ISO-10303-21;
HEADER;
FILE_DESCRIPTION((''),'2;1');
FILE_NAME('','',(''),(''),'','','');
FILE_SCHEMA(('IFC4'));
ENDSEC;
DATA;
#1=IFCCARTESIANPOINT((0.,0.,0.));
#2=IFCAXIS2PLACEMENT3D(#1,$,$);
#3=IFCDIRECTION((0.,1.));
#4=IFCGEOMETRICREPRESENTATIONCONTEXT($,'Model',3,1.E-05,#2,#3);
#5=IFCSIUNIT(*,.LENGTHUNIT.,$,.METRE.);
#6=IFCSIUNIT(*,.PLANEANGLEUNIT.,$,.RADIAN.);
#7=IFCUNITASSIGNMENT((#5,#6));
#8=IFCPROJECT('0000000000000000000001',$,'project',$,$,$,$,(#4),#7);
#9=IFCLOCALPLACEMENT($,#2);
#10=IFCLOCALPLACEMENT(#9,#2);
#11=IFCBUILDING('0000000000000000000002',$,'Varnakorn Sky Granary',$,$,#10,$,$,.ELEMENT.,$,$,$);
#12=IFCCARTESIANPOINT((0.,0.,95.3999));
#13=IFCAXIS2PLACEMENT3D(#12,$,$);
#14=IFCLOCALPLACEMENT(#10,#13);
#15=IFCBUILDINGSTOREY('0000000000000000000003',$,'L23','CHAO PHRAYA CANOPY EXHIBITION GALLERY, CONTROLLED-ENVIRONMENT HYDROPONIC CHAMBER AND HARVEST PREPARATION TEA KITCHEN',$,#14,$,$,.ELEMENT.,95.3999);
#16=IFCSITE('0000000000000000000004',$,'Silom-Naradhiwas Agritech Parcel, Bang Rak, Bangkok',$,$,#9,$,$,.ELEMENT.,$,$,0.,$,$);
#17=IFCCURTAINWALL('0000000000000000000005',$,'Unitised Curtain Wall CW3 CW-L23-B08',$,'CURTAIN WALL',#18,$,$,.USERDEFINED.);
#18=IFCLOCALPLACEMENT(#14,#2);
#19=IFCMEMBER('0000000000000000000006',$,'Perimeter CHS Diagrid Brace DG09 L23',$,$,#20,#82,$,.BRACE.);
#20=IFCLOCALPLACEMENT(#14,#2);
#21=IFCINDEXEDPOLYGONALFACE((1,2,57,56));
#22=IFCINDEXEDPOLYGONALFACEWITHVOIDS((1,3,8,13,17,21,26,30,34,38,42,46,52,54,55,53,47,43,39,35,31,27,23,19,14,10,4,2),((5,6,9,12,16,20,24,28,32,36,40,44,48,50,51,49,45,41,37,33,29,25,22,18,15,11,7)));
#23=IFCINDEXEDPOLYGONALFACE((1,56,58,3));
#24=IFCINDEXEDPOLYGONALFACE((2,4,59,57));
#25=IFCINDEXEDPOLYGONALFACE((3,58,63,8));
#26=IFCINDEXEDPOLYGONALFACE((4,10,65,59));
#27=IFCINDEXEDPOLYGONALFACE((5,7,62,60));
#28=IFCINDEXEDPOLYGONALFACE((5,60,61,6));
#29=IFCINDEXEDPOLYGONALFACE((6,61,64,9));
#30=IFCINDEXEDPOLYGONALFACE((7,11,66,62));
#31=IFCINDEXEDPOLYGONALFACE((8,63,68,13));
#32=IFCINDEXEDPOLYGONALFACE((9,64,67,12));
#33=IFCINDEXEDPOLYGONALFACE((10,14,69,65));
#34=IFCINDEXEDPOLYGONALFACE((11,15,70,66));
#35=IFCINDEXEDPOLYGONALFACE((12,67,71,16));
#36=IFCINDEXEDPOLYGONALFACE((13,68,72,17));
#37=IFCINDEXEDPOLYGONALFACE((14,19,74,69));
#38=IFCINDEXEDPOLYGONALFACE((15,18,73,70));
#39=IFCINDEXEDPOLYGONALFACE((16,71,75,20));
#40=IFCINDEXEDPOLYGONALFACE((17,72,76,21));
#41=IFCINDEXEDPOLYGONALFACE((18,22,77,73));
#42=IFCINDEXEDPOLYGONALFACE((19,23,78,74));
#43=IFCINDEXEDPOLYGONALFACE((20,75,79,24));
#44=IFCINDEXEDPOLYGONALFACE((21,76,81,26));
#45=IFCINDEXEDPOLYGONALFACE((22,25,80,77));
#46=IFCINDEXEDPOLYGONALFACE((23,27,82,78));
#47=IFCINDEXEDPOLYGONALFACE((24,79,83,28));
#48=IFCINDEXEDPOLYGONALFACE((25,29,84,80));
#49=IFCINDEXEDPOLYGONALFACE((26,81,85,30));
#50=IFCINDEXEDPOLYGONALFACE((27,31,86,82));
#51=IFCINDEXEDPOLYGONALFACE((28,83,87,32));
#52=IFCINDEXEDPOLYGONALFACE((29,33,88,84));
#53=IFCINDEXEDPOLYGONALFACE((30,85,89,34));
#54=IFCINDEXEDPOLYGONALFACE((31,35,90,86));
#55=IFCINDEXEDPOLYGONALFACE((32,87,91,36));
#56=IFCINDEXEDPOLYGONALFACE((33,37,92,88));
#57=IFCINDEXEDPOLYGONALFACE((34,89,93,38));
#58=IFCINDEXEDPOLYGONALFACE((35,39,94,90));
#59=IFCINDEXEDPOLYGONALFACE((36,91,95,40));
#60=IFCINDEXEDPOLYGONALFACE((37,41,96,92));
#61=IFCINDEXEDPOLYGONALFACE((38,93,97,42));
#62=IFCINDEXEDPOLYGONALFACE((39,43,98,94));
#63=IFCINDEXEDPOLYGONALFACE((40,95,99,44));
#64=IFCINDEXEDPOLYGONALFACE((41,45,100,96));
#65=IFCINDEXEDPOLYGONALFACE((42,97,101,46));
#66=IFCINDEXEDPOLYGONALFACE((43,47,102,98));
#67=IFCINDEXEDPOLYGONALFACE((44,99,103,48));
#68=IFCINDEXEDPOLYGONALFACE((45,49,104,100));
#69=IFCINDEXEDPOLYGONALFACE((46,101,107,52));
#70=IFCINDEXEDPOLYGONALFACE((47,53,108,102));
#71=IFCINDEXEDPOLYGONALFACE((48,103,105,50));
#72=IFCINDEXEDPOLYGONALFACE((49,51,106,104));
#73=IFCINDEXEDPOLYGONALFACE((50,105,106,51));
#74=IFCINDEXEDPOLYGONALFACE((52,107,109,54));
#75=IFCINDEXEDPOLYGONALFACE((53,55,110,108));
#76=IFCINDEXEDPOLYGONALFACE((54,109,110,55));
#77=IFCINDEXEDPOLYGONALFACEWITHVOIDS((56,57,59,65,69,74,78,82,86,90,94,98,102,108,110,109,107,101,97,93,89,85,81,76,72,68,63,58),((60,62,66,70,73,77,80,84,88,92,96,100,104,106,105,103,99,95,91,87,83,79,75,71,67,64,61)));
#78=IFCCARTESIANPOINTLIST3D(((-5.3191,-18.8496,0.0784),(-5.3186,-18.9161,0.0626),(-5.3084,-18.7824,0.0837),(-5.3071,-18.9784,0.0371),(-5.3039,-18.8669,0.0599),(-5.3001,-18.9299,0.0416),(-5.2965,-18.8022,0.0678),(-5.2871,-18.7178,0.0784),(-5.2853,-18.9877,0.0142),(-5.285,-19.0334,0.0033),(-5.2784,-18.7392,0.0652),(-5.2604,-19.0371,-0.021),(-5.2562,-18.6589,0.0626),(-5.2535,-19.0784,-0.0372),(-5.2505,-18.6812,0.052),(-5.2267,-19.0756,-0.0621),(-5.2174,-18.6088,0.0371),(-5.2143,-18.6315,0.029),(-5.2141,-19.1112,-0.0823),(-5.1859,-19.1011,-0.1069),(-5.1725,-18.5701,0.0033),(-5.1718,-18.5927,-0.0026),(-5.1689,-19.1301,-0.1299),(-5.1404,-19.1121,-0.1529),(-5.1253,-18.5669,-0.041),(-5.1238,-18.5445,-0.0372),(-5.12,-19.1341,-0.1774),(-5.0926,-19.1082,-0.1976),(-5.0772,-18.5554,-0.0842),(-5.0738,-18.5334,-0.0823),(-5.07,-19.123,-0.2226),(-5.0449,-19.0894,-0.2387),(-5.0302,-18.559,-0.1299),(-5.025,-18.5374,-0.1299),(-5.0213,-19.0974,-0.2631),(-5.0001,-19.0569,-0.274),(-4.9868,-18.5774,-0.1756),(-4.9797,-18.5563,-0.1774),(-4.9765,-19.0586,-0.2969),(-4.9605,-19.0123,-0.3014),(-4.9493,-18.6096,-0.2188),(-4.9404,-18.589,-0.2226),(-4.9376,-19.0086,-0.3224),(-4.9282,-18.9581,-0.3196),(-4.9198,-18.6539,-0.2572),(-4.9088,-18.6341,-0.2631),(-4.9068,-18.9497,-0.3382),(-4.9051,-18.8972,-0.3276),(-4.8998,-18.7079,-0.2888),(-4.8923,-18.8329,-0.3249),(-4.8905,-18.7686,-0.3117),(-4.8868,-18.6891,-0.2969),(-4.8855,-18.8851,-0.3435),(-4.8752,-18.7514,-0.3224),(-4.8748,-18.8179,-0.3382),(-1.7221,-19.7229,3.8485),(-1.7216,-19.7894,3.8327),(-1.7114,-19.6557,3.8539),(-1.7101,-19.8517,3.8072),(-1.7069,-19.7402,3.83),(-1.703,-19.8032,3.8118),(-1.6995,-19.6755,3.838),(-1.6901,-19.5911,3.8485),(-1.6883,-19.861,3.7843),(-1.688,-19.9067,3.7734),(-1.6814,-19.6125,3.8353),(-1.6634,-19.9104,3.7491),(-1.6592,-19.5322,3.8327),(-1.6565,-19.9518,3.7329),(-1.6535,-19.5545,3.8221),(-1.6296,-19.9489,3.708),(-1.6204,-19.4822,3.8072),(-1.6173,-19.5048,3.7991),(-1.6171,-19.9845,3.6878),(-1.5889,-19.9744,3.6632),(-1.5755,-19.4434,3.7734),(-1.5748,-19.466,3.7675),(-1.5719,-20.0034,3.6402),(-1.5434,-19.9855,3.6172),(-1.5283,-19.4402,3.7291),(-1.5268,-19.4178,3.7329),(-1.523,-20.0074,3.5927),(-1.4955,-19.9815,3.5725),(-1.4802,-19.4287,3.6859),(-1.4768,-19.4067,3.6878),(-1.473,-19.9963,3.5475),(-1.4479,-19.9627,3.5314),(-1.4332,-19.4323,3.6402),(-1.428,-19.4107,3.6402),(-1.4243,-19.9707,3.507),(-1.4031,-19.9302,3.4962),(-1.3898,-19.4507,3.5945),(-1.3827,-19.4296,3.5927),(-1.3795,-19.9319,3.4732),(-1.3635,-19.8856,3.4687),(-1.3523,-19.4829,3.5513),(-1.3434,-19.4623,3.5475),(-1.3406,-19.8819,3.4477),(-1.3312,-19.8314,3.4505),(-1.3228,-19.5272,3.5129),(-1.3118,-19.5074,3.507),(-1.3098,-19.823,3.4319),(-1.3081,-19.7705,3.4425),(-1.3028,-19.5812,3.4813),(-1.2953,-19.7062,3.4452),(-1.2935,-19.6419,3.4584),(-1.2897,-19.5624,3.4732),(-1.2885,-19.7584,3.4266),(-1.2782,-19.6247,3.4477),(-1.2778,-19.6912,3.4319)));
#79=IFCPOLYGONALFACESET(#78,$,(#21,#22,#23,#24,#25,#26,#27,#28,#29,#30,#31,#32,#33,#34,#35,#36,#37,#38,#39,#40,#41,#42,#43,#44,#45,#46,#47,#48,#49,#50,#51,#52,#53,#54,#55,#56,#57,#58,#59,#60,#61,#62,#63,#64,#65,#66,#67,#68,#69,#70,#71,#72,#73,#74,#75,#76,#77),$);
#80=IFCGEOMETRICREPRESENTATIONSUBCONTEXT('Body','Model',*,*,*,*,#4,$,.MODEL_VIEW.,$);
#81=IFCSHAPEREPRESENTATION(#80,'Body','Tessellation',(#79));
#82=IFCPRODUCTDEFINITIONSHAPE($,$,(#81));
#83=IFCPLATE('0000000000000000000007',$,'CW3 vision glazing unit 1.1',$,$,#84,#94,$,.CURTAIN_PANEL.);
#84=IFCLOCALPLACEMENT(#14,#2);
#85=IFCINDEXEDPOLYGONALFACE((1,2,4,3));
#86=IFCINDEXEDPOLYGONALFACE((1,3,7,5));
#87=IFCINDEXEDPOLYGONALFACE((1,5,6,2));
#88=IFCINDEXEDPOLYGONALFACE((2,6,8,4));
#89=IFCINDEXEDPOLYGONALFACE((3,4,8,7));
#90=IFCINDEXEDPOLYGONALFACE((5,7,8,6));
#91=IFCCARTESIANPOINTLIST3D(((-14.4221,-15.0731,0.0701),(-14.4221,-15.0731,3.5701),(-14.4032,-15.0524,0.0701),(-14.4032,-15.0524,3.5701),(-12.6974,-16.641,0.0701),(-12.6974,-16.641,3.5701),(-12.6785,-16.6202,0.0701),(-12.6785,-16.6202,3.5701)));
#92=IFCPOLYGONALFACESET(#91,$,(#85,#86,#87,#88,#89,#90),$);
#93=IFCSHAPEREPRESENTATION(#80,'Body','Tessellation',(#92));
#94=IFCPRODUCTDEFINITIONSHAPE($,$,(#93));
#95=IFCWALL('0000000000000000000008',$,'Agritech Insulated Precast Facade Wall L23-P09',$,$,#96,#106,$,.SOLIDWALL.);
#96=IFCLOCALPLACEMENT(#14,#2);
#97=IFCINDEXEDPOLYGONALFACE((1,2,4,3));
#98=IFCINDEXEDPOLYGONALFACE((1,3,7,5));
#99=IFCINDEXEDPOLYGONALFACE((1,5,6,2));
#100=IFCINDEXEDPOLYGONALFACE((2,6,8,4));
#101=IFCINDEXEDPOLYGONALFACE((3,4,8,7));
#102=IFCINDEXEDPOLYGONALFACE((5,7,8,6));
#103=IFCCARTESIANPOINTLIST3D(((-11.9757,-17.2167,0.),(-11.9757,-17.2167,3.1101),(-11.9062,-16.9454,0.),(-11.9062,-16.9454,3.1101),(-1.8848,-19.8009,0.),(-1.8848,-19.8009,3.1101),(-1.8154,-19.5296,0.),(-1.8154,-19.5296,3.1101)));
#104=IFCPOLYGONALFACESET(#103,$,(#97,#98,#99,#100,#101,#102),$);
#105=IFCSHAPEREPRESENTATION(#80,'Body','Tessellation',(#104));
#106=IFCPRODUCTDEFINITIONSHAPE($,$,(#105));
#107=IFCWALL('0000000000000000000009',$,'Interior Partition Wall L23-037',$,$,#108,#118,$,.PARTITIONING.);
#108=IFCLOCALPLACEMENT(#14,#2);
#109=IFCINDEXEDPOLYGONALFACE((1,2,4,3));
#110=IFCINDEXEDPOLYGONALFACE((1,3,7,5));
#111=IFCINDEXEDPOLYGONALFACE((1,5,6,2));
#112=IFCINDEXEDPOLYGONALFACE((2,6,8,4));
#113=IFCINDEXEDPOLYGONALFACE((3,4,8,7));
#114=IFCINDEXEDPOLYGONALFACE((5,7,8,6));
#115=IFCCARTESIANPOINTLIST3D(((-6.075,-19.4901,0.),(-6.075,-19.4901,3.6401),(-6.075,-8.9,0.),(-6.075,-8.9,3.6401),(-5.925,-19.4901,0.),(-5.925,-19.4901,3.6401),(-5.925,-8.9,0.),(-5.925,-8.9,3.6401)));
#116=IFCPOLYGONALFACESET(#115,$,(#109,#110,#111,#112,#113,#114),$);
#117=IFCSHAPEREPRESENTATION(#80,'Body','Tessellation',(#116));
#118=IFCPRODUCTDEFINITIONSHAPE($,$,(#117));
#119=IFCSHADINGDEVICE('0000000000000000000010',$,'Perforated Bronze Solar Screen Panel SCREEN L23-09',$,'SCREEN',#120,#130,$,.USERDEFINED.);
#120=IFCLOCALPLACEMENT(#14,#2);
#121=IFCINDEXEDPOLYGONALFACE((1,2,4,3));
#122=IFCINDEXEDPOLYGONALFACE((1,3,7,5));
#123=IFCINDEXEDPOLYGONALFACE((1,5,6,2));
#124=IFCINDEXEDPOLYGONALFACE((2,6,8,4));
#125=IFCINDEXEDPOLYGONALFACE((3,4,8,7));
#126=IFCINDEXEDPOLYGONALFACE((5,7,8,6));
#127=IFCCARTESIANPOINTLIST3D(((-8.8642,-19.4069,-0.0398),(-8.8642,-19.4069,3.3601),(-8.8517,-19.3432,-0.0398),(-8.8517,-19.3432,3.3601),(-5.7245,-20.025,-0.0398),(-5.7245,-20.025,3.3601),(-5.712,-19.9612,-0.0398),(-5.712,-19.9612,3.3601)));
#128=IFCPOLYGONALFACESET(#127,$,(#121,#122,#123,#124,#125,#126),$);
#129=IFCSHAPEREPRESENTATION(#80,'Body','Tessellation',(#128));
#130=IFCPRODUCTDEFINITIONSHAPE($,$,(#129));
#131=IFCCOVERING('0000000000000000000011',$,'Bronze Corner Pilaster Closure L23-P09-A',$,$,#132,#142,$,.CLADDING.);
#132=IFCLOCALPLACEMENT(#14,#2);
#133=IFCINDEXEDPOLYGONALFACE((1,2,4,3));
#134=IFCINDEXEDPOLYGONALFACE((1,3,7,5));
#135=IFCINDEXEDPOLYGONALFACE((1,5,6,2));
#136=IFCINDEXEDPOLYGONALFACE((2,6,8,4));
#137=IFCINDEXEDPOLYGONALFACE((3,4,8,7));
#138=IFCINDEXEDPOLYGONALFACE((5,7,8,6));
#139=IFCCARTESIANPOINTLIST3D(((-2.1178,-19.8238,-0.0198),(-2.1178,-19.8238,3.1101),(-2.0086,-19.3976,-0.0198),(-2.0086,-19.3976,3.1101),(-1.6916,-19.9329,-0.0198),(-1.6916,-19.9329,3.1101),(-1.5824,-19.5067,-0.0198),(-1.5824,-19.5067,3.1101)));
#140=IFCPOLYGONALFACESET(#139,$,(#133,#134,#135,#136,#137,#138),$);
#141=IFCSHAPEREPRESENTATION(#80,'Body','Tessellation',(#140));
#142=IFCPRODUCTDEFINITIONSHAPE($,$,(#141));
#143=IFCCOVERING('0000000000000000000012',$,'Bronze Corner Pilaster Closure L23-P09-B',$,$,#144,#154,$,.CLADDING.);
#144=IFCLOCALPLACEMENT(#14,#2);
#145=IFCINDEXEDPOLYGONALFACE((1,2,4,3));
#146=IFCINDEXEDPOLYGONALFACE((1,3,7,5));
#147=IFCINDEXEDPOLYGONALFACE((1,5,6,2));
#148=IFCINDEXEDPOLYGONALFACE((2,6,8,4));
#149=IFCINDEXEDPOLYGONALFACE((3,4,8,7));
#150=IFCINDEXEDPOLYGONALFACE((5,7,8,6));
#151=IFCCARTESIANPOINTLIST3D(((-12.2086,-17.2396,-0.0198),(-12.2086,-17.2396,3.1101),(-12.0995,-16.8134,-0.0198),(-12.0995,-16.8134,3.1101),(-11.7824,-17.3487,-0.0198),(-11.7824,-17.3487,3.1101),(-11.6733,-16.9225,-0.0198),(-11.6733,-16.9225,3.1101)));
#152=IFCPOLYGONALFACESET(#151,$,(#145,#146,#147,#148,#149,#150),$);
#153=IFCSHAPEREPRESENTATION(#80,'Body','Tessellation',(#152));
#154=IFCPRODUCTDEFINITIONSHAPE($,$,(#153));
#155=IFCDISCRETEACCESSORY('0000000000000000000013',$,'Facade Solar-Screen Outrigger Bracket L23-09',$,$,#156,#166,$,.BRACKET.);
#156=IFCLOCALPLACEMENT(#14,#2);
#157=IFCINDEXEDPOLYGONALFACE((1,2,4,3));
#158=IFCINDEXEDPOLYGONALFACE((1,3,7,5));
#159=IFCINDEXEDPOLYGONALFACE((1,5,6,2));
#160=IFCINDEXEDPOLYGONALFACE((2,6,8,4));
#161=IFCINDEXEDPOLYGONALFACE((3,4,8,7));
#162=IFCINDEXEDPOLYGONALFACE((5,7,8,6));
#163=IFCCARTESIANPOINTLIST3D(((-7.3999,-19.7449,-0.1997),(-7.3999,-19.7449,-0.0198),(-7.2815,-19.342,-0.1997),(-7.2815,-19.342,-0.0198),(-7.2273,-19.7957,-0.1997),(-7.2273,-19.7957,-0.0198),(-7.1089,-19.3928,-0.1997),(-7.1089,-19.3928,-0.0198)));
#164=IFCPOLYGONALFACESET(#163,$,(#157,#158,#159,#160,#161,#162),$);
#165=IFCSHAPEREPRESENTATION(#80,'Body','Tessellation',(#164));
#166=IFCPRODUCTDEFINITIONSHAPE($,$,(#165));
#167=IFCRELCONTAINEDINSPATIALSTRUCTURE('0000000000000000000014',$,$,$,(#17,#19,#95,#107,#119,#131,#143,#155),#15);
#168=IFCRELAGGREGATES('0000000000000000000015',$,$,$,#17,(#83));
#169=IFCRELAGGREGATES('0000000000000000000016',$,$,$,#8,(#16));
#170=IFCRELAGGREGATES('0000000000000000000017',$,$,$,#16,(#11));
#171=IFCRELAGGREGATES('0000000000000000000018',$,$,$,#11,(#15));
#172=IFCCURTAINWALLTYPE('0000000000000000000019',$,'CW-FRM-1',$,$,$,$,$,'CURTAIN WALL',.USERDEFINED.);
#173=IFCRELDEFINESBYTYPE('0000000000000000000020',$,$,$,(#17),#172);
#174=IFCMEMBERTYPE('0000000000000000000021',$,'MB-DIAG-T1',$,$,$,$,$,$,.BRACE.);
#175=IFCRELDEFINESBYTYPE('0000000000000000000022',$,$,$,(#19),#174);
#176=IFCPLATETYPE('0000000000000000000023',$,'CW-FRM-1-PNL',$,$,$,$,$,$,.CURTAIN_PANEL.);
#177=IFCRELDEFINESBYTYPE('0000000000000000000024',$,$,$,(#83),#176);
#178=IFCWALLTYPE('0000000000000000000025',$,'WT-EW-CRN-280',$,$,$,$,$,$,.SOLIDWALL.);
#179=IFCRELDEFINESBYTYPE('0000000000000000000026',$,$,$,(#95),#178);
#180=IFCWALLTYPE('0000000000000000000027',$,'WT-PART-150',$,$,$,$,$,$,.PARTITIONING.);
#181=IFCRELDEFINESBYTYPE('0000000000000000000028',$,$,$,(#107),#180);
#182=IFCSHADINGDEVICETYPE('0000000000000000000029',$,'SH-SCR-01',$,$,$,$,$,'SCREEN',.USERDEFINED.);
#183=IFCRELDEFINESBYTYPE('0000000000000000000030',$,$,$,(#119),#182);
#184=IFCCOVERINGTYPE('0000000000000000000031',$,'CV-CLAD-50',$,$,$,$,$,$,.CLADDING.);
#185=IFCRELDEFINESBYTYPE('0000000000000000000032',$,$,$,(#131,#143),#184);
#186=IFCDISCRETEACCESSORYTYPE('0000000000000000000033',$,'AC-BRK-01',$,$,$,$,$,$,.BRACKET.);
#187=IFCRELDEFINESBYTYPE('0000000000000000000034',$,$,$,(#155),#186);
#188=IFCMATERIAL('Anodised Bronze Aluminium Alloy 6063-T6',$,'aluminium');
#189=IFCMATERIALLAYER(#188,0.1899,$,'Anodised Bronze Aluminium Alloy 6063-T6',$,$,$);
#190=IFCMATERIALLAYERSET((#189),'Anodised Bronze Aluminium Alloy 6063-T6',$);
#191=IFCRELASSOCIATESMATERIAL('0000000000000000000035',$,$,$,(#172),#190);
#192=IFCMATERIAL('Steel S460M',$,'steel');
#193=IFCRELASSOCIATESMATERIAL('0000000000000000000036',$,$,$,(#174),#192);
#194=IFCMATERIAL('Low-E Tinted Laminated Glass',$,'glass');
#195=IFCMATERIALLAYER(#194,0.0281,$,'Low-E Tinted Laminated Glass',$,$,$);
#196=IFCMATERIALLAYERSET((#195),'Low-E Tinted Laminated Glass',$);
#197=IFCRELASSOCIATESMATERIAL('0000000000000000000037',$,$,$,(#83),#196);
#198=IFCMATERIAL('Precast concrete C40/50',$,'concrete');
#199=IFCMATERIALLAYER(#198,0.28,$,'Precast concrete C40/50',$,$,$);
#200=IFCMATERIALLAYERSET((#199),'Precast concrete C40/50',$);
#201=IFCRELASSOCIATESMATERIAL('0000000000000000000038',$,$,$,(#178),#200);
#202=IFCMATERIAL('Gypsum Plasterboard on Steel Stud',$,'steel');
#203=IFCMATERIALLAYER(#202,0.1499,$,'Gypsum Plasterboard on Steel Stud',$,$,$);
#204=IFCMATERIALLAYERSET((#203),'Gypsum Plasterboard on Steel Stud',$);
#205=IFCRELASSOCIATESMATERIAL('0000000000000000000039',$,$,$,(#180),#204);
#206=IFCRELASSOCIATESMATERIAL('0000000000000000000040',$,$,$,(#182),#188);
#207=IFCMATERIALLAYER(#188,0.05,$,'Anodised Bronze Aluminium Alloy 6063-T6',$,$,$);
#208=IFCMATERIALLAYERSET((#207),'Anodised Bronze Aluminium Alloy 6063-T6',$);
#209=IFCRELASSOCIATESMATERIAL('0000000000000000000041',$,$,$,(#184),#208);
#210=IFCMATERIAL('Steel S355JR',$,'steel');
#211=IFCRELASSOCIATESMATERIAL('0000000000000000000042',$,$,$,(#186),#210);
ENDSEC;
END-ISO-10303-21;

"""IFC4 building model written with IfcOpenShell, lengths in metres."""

from ifc_helpers import new_model, si_unit, direction, frame, frame_2d, origin, origin_2d, place, context, subcontext, project, spatial, rectangle, hollow_circle, extrude, source, transform, mapped, material, layer, layer_set, material_profile, profile_set, type_object, type_shapes, element, aggregate, save


model = new_model("IFC4")

# Units and contexts
model_context = context("Model", 3, precision=1e-05, world=origin(), true_north=direction((0.0, 1.0)))
body_context = subcontext(model_context, "Body", "Model", "MODEL_VIEW")
ifc_project = project(units=[si_unit("LENGTHUNIT", "METRE"), si_unit("PLANEANGLEUNIT", "RADIAN")], contexts=[model_context])

# Site, building, storey
site_placement = place(None, origin())
site = spatial("IfcSite", under=ifc_project, at=site_placement, Name="Silom-Naradhiwas Agritech Parcel, Bang Rak, Bangkok", CompositionType="ELEMENT", RefElevation=0.0)
building_placement = place(site_placement, origin())
building = spatial("IfcBuilding", under=site, at=building_placement, Name="Varnakorn Sky Granary", CompositionType="ELEMENT")
storey_placement = place(building_placement, frame((0.0, 0.0, 95.3999)))
storey = spatial("IfcBuildingStorey", under=building, at=storey_placement, Name="L23", Description="CHAO PHRAYA CANOPY EXHIBITION GALLERY, CONTROLLED-ENVIRONMENT HYDROPONIC CHAMBER AND HARVEST PREPARATION TEA KITCHEN", CompositionType="ELEMENT", Elevation=95.3999)

# Shared definitions
ifc_material_1 = material(Name="Steel S460M", Category="steel")

# Shared definitions
ifc_material_2 = material(Name="Steel S355JR", Category="steel")

# Curtain wall
ifc_material_3 = material(Name="Anodised Bronze Aluminium Alloy 6063-T6", Category="aluminium")
ifc_layer_1 = layer(ifc_material_3, 0.1899, Name="Anodised Bronze Aluminium Alloy 6063-T6")
ifc_layer_set_1 = layer_set([ifc_layer_1], Name="Anodised Bronze Aluminium Alloy 6063-T6")
curtain_wall_type = type_object("IfcCurtainWallType", Name="CW-FRM-1", ElementType="CURTAIN WALL", PredefinedType="USERDEFINED", material=ifc_layer_set_1)
curtain_wall_1_placement = place(storey_placement, origin())
curtain_wall_1 = element("IfcCurtainWall", 1, at=curtain_wall_1_placement, inside=storey, type_object=curtain_wall_type, Name="Unitised Curtain Wall CW3 CW-L23-B08", ObjectType="CURTAIN WALL", PredefinedType="USERDEFINED")

# Member
ifc_material_profile_1 = material_profile(ifc_material_1, hollow_circle(Radius=0.3049, WallThickness=0.0222, at=origin_2d()), Name="CHS 610x22")
ifc_profile_set_1 = profile_set([ifc_material_profile_1], Name="Steel S460M")
member_type_1 = type_object("IfcMemberType", Name="MB-DIAG-T1", PredefinedType="BRACE", material=ifc_profile_set_1)
member_1_placement = place(storey_placement, frame((-5.0969, -18.8337, -0.1299), z_axis=(0.680807, -0.165292, 0.713569), x_axis=(0.235934, 0.971769, 0.0)))
element("IfcMember", 2, at=member_1_placement, inside=storey, type_object=member_type_1, Name="Perimeter CHS Diagrid Brace DG09 L23", PredefinedType="BRACE", context=body_context, shape_type="SweptSolid", body=[
    extrude(hollow_circle(Radius=0.3049, WallThickness=0.0222, at=origin_2d()), origin(), (0.0, 0.0, 1.0), 5.2834),
])

# Plate
ifc_material_4 = material(Name="Low-E Tinted Laminated Glass", Category="glass")
ifc_layer_2 = layer(ifc_material_4, 0.0281, Name="Low-E Tinted Laminated Glass")
ifc_layer_set_2 = layer_set([ifc_layer_2], Name="Low-E Tinted Laminated Glass")
plate_type = type_object("IfcPlateType", Name="CW-FRM-1-PNL", PredefinedType="CURTAIN_PANEL")
shared_shape_1 = source(origin(), body_context, "Body", "SweptSolid", [
    extrude(rectangle(XDim=2.3308, YDim=0.0281, at=origin_2d()), origin(), (0.0, 0.0, 1.0), 3.5),
])
type_shapes(plate_type, [shared_shape_1])
plate_placement = place(storey_placement, frame((-13.5503, -15.8467, 0.0701), z_axis=(0.0, 0.0, 1.0), x_axis=(-0.739941, 0.672672, 0.0)))
plate = element("IfcPlate", 3, at=plate_placement, type_object=plate_type, material=ifc_layer_set_2, Name="CW3 vision glazing unit 1.1", PredefinedType="CURTAIN_PANEL", context=body_context, shape_type="MappedRepresentation", body=[
    mapped(shared_shape_1, transform((0.0, 0.0, 0.0), x_axis=(1.0, 0.0, 0.0), y_axis=(0.0, 1.0, 0.0), z_axis=(0.0, 0.0, 1.0), scale=1.0)),
])
aggregate(curtain_wall_1, [plate])

# Walls
ifc_material_5 = material(Name="Precast concrete C40/50", Category="concrete")
ifc_layer_3 = layer(ifc_material_5, 0.28, Name="Precast concrete C40/50")
ifc_layer_set_3 = layer_set([ifc_layer_3], Name="Precast concrete C40/50")
wall_type_1 = type_object("IfcWallType", Name="WT-EW-CRN-280", PredefinedType="SOLIDWALL", material=ifc_layer_set_3)
wall_1_placement = place(storey_placement, frame((-1.8501, -19.6653, 0.0), z_axis=(0.0, 0.0, 1.0), x_axis=(-0.968737, 0.248091, 0.0)))
element("IfcWall", 4, at=wall_1_placement, inside=storey, type_object=wall_type_1, Name="Agritech Insulated Precast Facade Wall L23-P09", PredefinedType="SOLIDWALL", context=body_context, shape_type="SweptSolid", body=[
    extrude(rectangle(XDim=10.4165, YDim=0.28, at=frame_2d((5.2083, 0.0))), origin(), (0.0, 0.0, 1.0), 3.1101),
])
ifc_material_6 = material(Name="Gypsum Plasterboard on Steel Stud", Category="steel")
ifc_layer_4 = layer(ifc_material_6, 0.1499, Name="Gypsum Plasterboard on Steel Stud")
ifc_layer_set_4 = layer_set([ifc_layer_4], Name="Gypsum Plasterboard on Steel Stud")
wall_type_2 = type_object("IfcWallType", Name="WT-PART-150", PredefinedType="PARTITIONING", material=ifc_layer_set_4)
wall_2_placement = place(storey_placement, frame((-6.0, -19.49, 0.0), z_axis=(0.0, 0.0, 1.0), x_axis=(0.0, 1.0, 0.0)))
element("IfcWall", 5, at=wall_2_placement, inside=storey, type_object=wall_type_2, Name="Interior Partition Wall L23-037", PredefinedType="PARTITIONING", context=body_context, shape_type="SweptSolid", body=[
    extrude(rectangle(XDim=10.5901, YDim=0.1499, at=frame_2d((5.2949, 0.0))), origin(), (0.0, 0.0, 1.0), 3.6401),
])

# Shading device
shading_device_type = type_object("IfcShadingDeviceType", Name="SH-SCR-01", ElementType="SCREEN", PredefinedType="USERDEFINED", material=ifc_material_3)
shared_shape_2 = source(origin(), body_context, "Body", "SweptSolid", [
    extrude(rectangle(XDim=3.2, YDim=0.0649, at=origin_2d()), origin(), (0.0, 0.0, 1.0), 3.3999),
])
type_shapes(shading_device_type, [shared_shape_2])
shading_device_placement = place(storey_placement, frame((-7.2881, -19.6841, -0.0398), z_axis=(0.0, 0.0, 1.0), x_axis=(0.981171, -0.19314, 0.0)))
element("IfcShadingDevice", 6, at=shading_device_placement, inside=storey, type_object=shading_device_type, Name="Perforated Bronze Solar Screen Panel SCREEN L23-09", ObjectType="SCREEN", PredefinedType="USERDEFINED", context=body_context, shape_type="MappedRepresentation", body=[
    mapped(shared_shape_2, transform((0.0, 0.0, 0.0), x_axis=(1.0, 0.0, 0.0), y_axis=(0.0, 1.0, 0.0), z_axis=(0.0, 0.0, 1.0), scale=1.0)),
])

# Coverings
ifc_layer_5 = layer(ifc_material_3, 0.05, Name="Anodised Bronze Aluminium Alloy 6063-T6")
ifc_layer_set_5 = layer_set([ifc_layer_5], Name="Anodised Bronze Aluminium Alloy 6063-T6")
covering_type = type_object("IfcCoveringType", Name="CV-CLAD-50", PredefinedType="CLADDING", material=ifc_layer_set_5)
shared_shape_3 = source(origin(), body_context, "Body", "SweptSolid", [
    extrude(rectangle(XDim=0.4399, YDim=0.4399, at=origin_2d()), origin(), (0.0, 0.0, 1.0), 3.1299),
])
type_shapes(covering_type, [shared_shape_3])
for number, where, z_axis, x_axis, name in (
    (7, (-1.8501, -19.6653, -0.0198), (0.0, 0.0, 1.0), (-0.968757, 0.248014, 0.0), "Bronze Corner Pilaster Closure L23-P09-A"),
    (8, (-11.9409, -17.0811, -0.0198), (0.0, 0.0, 1.0), (-0.968757, 0.248014, 0.0), "Bronze Corner Pilaster Closure L23-P09-B"),
):
    element("IfcCovering", number, at=place(storey_placement, frame(where, z_axis=z_axis, x_axis=x_axis)), inside=storey, type_object=covering_type, Name=name, PredefinedType="CLADDING", context=body_context, shape_type="MappedRepresentation", body=[
        mapped(shared_shape_3, transform((0.0, 0.0, 0.0), x_axis=(1.0, 0.0, 0.0), y_axis=(0.0, 1.0, 0.0), z_axis=(0.0, 0.0, 1.0), scale=1.0)),
    ])

# Discrete accessory
discrete_accessory_type = type_object("IfcDiscreteAccessoryType", Name="AC-BRK-01", PredefinedType="BRACKET", material=ifc_material_2)
shared_shape_4 = source(origin(), body_context, "Body", "SweptSolid", [
    extrude(rectangle(XDim=0.1799, YDim=0.4199, at=origin_2d()), origin(), (0.0, 0.0, 1.0), 0.1799),
])
type_shapes(discrete_accessory_type, [shared_shape_4])
discrete_accessory_placement = place(storey_placement, frame((-7.2544, -19.5688, -0.1997), z_axis=(0.0, 0.0, 1.0), x_axis=(0.959383, -0.282108, 0.0)))
element("IfcDiscreteAccessory", 9, at=discrete_accessory_placement, inside=storey, type_object=discrete_accessory_type, Name="Facade Solar-Screen Outrigger Bracket L23-09", PredefinedType="BRACKET", context=body_context, shape_type="MappedRepresentation", body=[
    mapped(shared_shape_4, transform((0.0, 0.0, 0.0), x_axis=(1.0, 0.0, 0.0), y_axis=(0.0, 1.0, 0.0), z_axis=(0.0, 0.0, 1.0), scale=1.0)),
])

save(model, "model.ifc")
